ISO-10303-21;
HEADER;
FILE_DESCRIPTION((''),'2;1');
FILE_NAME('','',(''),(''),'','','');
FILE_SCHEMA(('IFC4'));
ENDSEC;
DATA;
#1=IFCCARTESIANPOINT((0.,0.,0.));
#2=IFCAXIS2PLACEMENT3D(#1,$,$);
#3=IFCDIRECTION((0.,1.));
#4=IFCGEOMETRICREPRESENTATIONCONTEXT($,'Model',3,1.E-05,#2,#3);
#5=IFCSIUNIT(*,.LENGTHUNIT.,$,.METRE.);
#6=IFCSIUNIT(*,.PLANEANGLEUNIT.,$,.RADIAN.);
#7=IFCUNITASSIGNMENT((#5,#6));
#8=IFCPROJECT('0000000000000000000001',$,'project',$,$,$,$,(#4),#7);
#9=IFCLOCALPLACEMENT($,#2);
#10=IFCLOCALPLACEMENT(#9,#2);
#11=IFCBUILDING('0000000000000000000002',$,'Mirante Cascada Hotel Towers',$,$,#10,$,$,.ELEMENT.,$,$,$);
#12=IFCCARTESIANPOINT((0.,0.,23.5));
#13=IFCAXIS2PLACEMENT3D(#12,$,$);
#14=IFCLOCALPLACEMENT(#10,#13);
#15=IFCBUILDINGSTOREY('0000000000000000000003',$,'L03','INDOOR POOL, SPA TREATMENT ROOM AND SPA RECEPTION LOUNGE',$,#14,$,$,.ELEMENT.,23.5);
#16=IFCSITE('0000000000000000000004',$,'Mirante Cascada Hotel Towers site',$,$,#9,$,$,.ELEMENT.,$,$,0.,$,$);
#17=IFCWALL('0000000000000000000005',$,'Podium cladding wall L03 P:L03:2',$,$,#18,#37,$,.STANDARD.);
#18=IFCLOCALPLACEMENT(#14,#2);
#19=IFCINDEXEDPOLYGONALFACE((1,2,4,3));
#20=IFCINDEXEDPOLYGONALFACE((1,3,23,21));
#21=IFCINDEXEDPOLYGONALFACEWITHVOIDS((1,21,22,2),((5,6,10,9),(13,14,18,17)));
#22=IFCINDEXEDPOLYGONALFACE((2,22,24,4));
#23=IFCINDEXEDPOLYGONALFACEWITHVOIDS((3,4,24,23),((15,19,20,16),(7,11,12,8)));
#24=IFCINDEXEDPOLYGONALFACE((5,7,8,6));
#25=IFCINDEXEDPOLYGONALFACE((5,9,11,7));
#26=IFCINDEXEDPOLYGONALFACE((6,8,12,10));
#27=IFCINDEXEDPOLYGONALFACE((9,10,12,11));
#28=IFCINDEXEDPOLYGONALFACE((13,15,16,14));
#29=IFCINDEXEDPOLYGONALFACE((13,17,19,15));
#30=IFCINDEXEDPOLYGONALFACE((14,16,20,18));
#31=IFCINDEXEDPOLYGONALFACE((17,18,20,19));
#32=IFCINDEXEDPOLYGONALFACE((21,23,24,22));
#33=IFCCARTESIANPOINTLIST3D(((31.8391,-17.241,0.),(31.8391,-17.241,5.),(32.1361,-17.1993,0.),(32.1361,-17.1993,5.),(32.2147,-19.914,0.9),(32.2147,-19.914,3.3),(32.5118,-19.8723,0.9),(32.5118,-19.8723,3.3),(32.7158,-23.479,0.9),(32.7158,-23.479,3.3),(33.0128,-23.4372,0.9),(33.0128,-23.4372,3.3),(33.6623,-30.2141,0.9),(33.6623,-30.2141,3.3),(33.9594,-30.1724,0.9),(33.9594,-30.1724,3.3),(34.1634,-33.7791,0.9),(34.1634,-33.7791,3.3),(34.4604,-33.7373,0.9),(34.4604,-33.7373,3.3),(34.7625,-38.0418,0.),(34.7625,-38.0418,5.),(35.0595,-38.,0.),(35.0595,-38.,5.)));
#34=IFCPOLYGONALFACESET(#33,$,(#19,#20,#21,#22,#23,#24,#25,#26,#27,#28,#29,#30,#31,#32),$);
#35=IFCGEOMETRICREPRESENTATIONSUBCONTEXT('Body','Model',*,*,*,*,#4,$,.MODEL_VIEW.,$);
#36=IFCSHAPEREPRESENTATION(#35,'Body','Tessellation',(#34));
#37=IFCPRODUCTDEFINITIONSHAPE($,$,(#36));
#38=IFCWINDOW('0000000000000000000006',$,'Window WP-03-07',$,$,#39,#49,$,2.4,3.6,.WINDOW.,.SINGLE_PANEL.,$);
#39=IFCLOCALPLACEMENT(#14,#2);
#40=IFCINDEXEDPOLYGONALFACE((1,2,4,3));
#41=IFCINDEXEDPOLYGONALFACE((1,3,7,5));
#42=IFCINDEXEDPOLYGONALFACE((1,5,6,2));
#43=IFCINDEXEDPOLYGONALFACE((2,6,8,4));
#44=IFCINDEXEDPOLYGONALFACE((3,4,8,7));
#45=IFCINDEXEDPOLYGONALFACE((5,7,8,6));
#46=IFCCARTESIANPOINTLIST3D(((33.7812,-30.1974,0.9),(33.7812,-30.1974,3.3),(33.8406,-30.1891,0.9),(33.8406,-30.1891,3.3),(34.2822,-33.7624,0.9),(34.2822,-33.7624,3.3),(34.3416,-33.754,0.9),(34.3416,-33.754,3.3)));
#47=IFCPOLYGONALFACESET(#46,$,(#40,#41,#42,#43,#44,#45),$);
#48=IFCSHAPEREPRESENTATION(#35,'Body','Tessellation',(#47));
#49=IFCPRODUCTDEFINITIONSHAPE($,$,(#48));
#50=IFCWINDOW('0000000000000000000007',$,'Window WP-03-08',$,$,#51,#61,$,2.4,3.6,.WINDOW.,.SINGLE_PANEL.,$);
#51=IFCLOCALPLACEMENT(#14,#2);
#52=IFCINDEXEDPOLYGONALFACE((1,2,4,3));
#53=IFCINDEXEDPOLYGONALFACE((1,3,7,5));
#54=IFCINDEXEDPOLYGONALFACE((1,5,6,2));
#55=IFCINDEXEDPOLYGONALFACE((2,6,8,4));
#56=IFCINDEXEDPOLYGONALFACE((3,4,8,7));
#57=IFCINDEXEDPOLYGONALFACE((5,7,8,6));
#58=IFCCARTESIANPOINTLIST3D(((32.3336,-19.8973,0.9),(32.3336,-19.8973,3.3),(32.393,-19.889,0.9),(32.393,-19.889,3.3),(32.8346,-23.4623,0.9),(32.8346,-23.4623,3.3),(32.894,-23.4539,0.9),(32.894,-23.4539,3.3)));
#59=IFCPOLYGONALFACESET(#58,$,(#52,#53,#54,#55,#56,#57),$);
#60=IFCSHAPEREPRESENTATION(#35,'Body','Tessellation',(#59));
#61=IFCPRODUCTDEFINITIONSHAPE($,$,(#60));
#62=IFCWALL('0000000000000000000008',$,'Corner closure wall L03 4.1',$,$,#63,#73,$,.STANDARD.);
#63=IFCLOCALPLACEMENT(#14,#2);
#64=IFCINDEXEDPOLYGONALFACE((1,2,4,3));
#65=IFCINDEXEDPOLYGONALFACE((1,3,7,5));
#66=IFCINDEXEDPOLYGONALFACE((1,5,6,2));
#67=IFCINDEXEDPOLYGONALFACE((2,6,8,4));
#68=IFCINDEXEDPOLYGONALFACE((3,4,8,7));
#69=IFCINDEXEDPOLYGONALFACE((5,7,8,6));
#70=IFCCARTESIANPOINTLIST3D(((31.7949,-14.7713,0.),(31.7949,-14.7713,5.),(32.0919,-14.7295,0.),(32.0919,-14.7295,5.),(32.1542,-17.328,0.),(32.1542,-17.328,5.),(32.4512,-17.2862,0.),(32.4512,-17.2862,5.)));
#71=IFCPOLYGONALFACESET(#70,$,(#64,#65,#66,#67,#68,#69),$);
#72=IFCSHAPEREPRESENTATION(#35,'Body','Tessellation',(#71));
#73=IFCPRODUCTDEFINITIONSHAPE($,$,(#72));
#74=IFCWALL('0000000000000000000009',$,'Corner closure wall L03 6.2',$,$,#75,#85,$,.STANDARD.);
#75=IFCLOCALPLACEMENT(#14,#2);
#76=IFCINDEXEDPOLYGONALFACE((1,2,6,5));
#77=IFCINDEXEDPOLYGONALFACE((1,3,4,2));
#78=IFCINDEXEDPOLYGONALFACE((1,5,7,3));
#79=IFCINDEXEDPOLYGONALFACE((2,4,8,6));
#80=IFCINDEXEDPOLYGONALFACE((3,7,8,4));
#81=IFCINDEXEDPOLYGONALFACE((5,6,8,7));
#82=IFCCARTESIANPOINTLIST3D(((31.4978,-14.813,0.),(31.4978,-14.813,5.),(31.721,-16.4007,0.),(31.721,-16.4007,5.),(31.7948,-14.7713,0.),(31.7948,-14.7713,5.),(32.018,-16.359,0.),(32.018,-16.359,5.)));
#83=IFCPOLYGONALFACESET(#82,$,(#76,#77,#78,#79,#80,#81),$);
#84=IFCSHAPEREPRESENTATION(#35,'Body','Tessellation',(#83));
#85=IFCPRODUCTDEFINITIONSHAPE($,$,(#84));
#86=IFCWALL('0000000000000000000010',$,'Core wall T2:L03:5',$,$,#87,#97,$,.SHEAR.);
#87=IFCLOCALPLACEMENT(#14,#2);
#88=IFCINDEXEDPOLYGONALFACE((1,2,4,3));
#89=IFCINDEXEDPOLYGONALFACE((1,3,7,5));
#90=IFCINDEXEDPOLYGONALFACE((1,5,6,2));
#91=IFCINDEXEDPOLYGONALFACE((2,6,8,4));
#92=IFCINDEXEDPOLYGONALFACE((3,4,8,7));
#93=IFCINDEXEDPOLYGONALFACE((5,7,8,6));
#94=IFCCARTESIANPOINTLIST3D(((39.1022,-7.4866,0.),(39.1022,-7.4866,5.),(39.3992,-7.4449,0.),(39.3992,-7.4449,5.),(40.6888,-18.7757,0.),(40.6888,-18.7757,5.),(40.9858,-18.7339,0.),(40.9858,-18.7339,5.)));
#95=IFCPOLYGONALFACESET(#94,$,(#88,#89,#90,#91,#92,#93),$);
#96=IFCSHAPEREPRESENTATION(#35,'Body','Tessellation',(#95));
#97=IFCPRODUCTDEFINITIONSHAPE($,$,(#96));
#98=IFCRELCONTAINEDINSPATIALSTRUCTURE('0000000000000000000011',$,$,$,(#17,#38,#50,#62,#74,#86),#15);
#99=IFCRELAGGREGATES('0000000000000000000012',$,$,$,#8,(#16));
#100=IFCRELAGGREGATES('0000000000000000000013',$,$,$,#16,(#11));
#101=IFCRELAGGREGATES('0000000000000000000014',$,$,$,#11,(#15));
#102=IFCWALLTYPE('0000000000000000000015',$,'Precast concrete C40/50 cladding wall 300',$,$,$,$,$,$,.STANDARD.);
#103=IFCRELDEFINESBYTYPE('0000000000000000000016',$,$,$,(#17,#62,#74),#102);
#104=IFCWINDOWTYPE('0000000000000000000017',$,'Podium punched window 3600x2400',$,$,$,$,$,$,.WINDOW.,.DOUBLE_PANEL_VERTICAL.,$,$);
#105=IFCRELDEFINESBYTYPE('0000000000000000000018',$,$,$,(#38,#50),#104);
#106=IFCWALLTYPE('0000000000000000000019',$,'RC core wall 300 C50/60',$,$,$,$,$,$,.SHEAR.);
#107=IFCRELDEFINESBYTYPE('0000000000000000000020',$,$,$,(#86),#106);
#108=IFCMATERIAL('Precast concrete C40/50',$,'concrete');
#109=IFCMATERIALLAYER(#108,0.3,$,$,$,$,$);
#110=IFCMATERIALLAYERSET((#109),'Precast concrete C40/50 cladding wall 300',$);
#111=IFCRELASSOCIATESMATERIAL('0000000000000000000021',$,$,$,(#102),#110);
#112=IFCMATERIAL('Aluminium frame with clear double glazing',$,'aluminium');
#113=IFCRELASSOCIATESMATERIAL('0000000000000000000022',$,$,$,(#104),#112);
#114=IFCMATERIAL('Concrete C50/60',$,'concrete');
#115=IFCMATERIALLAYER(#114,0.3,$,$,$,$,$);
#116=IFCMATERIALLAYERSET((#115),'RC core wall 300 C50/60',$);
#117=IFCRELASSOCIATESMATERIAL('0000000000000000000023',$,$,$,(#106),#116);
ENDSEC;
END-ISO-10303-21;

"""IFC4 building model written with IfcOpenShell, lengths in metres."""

from ifc_helpers import new_model, si_unit, direction, frame, frame_2d, origin, place, context, subcontext, project, spatial, rectangle, extrude, material, layer, layer_set, type_object, element, fill, save


model = new_model("IFC4")

# Units and contexts
model_context = context("Model", 3, precision=1e-05, world=origin(), true_north=direction((0.0, 1.0)))
body_context = subcontext(model_context, "Body", "Model", "MODEL_VIEW")
ifc_project = project(units=[si_unit("LENGTHUNIT", "METRE"), si_unit("PLANEANGLEUNIT", "RADIAN")], contexts=[model_context])

# Site, building, storey
site_placement = place(None, origin())
site = spatial("IfcSite", under=ifc_project, at=site_placement, Name="Mirante Cascada Hotel Towers site", CompositionType="ELEMENT", RefElevation=0.0)
building_placement = place(site_placement, origin())
building = spatial("IfcBuilding", under=site, at=building_placement, Name="Mirante Cascada Hotel Towers", CompositionType="ELEMENT")
storey_placement = place(building_placement, frame((0.0, 0.0, 23.5)))
storey = spatial("IfcBuildingStorey", under=building, at=storey_placement, Name="L03", Description="INDOOR POOL, SPA TREATMENT ROOM AND SPA RECEPTION LOUNGE", CompositionType="ELEMENT", Elevation=23.5)

# Shared definitions
ifc_material_1 = material(Name="Precast concrete C40/50", Category="concrete")
ifc_layer_1 = layer(ifc_material_1, 0.3)
ifc_layer_set_1 = layer_set([ifc_layer_1], Name="Precast concrete C40/50 cladding wall 300")
wall_type_1 = type_object("IfcWallType", Name="Precast concrete C40/50 cladding wall 300", PredefinedType="STANDARD", material=ifc_layer_set_1)

# Wall, openings, windows
wall_1_placement = place(storey_placement, frame((34.911, -38.0209, 0.0), z_axis=(0.0, 0.0, 1.0), x_axis=(-0.139175, 0.990268, 0.0)))
wall_1 = element("IfcWall", 1, at=wall_1_placement, inside=storey, type_object=wall_type_1, Name="Podium cladding wall L03 P:L03:2", PredefinedType="STANDARD", context=body_context, shape_type="SweptSolid", body=[
    extrude(rectangle(XDim=21.0052, YDim=0.3, at=frame_2d((10.5026, 0.0))), origin(), (0.0, 0.0, 1.0), 5.0),
])
opening_1_placement = place(wall_1_placement, frame((4.3046, 0.0, 0.9)))
opening_1 = element("IfcOpeningElement", 2, at=opening_1_placement, cuts=wall_1, PredefinedType="OPENING", context=body_context, shape_type="SweptSolid", body=[
    extrude(rectangle(XDim=3.6, YDim=2.4, at=frame_2d((1.8, 1.2))), frame((0.0, 0.15, 0.0), z_axis=(0.0, -1.0, 0.0), x_axis=(1.0, 0.0, 0.0)), (0.0, 0.0, 1.0), 0.3),
])
opening_2_placement = place(wall_1_placement, frame((14.7059, 0.0, 0.9)))
opening_2 = element("IfcOpeningElement", 3, at=opening_2_placement, cuts=wall_1, PredefinedType="OPENING", context=body_context, shape_type="SweptSolid", body=[
    extrude(rectangle(XDim=3.6, YDim=2.4, at=frame_2d((1.8, 1.2))), frame((0.0, 0.15, 0.0), z_axis=(0.0, -1.0, 0.0), x_axis=(1.0, 0.0, 0.0)), (0.0, 0.0, 1.0), 0.3),
])
ifc_material_2 = material(Name="Aluminium frame with clear double glazing", Category="aluminium")
window_type_1 = type_object("IfcWindowType", Name="Podium punched window 3600x2400", PartitioningType="DOUBLE_PANEL_VERTICAL", PredefinedType="WINDOW", material=ifc_material_2)
window_1_placement = place(opening_1_placement, origin())
window_1 = element("IfcWindow", 4, at=window_1_placement, inside=storey, type_object=window_type_1, Name="Window WP-03-07", OverallHeight=2.4, OverallWidth=3.6, PartitioningType="SINGLE_PANEL", PredefinedType="WINDOW", context=body_context, shape_type="SweptSolid", body=[
    extrude(rectangle(XDim=3.6, YDim=2.4, at=frame_2d((1.8, 1.2))), frame((0.0, 0.03, 0.0), z_axis=(0.0, -1.0, 0.0), x_axis=(1.0, 0.0, 0.0)), (0.0, 0.0, 1.0), 0.06),
])
fill(opening_1, window_1)
window_2_placement = place(opening_2_placement, origin())
window_2 = element("IfcWindow", 5, at=window_2_placement, inside=storey, type_object=window_type_1, Name="Window WP-03-08", OverallHeight=2.4, OverallWidth=3.6, PartitioningType="SINGLE_PANEL", PredefinedType="WINDOW", context=body_context, shape_type="SweptSolid", body=[
    extrude(rectangle(XDim=3.6, YDim=2.4, at=frame_2d((1.8, 1.2))), frame((0.0, 0.03, 0.0), z_axis=(0.0, -1.0, 0.0), x_axis=(1.0, 0.0, 0.0)), (0.0, 0.0, 1.0), 0.06),
])
fill(opening_2, window_2)

# Walls
wall_2_placement = place(storey_placement, frame((31.9434, -14.7504, 0.0), z_axis=(0.0, 0.0, 1.0), x_axis=(0.139165, -0.990269, 0.0)))
element("IfcWall", 6, at=wall_2_placement, inside=storey, type_object=wall_type_1, Name="Corner closure wall L03 4.1", PredefinedType="STANDARD", context=body_context, shape_type="SweptSolid", body=[
    extrude(rectangle(XDim=2.5818, YDim=0.3, at=frame_2d((1.2909, 0.0))), origin(), (0.0, 0.0, 1.0), 5.0),
])
wall_3_placement = place(storey_placement, frame((31.8695, -16.3798, 0.0), z_axis=(0.0, 0.0, 1.0), x_axis=(-0.139212, 0.990263, 0.0)))
element("IfcWall", 7, at=wall_3_placement, inside=storey, type_object=wall_type_1, Name="Corner closure wall L03 6.2", PredefinedType="STANDARD", context=body_context, shape_type="SweptSolid", body=[
    extrude(rectangle(XDim=1.6033, YDim=0.3, at=frame_2d((0.8016, 0.0))), origin(), (0.0, 0.0, 1.0), 5.0),
])
ifc_material_3 = material(Name="Concrete C50/60", Category="concrete")
ifc_layer_2 = layer(ifc_material_3, 0.3)
ifc_layer_set_2 = layer_set([ifc_layer_2], Name="RC core wall 300 C50/60")
wall_type_2 = type_object("IfcWallType", Name="RC core wall 300 C50/60", PredefinedType="SHEAR", material=ifc_layer_set_2)
wall_4_placement = place(storey_placement, frame((40.8373, -18.7548, 0.0), z_axis=(0.0, 0.0, 1.0), x_axis=(-0.139175, 0.990268, 0.0)))
element("IfcWall", 8, at=wall_4_placement, inside=storey, type_object=wall_type_2, Name="Core wall T2:L03:5", PredefinedType="SHEAR", context=body_context, shape_type="SweptSolid", body=[
    extrude(rectangle(XDim=11.4, YDim=0.3, at=frame_2d((5.7, 0.0))), origin(), (0.0, 0.0, 1.0), 5.0),
])

save(model, "model.ifc")
